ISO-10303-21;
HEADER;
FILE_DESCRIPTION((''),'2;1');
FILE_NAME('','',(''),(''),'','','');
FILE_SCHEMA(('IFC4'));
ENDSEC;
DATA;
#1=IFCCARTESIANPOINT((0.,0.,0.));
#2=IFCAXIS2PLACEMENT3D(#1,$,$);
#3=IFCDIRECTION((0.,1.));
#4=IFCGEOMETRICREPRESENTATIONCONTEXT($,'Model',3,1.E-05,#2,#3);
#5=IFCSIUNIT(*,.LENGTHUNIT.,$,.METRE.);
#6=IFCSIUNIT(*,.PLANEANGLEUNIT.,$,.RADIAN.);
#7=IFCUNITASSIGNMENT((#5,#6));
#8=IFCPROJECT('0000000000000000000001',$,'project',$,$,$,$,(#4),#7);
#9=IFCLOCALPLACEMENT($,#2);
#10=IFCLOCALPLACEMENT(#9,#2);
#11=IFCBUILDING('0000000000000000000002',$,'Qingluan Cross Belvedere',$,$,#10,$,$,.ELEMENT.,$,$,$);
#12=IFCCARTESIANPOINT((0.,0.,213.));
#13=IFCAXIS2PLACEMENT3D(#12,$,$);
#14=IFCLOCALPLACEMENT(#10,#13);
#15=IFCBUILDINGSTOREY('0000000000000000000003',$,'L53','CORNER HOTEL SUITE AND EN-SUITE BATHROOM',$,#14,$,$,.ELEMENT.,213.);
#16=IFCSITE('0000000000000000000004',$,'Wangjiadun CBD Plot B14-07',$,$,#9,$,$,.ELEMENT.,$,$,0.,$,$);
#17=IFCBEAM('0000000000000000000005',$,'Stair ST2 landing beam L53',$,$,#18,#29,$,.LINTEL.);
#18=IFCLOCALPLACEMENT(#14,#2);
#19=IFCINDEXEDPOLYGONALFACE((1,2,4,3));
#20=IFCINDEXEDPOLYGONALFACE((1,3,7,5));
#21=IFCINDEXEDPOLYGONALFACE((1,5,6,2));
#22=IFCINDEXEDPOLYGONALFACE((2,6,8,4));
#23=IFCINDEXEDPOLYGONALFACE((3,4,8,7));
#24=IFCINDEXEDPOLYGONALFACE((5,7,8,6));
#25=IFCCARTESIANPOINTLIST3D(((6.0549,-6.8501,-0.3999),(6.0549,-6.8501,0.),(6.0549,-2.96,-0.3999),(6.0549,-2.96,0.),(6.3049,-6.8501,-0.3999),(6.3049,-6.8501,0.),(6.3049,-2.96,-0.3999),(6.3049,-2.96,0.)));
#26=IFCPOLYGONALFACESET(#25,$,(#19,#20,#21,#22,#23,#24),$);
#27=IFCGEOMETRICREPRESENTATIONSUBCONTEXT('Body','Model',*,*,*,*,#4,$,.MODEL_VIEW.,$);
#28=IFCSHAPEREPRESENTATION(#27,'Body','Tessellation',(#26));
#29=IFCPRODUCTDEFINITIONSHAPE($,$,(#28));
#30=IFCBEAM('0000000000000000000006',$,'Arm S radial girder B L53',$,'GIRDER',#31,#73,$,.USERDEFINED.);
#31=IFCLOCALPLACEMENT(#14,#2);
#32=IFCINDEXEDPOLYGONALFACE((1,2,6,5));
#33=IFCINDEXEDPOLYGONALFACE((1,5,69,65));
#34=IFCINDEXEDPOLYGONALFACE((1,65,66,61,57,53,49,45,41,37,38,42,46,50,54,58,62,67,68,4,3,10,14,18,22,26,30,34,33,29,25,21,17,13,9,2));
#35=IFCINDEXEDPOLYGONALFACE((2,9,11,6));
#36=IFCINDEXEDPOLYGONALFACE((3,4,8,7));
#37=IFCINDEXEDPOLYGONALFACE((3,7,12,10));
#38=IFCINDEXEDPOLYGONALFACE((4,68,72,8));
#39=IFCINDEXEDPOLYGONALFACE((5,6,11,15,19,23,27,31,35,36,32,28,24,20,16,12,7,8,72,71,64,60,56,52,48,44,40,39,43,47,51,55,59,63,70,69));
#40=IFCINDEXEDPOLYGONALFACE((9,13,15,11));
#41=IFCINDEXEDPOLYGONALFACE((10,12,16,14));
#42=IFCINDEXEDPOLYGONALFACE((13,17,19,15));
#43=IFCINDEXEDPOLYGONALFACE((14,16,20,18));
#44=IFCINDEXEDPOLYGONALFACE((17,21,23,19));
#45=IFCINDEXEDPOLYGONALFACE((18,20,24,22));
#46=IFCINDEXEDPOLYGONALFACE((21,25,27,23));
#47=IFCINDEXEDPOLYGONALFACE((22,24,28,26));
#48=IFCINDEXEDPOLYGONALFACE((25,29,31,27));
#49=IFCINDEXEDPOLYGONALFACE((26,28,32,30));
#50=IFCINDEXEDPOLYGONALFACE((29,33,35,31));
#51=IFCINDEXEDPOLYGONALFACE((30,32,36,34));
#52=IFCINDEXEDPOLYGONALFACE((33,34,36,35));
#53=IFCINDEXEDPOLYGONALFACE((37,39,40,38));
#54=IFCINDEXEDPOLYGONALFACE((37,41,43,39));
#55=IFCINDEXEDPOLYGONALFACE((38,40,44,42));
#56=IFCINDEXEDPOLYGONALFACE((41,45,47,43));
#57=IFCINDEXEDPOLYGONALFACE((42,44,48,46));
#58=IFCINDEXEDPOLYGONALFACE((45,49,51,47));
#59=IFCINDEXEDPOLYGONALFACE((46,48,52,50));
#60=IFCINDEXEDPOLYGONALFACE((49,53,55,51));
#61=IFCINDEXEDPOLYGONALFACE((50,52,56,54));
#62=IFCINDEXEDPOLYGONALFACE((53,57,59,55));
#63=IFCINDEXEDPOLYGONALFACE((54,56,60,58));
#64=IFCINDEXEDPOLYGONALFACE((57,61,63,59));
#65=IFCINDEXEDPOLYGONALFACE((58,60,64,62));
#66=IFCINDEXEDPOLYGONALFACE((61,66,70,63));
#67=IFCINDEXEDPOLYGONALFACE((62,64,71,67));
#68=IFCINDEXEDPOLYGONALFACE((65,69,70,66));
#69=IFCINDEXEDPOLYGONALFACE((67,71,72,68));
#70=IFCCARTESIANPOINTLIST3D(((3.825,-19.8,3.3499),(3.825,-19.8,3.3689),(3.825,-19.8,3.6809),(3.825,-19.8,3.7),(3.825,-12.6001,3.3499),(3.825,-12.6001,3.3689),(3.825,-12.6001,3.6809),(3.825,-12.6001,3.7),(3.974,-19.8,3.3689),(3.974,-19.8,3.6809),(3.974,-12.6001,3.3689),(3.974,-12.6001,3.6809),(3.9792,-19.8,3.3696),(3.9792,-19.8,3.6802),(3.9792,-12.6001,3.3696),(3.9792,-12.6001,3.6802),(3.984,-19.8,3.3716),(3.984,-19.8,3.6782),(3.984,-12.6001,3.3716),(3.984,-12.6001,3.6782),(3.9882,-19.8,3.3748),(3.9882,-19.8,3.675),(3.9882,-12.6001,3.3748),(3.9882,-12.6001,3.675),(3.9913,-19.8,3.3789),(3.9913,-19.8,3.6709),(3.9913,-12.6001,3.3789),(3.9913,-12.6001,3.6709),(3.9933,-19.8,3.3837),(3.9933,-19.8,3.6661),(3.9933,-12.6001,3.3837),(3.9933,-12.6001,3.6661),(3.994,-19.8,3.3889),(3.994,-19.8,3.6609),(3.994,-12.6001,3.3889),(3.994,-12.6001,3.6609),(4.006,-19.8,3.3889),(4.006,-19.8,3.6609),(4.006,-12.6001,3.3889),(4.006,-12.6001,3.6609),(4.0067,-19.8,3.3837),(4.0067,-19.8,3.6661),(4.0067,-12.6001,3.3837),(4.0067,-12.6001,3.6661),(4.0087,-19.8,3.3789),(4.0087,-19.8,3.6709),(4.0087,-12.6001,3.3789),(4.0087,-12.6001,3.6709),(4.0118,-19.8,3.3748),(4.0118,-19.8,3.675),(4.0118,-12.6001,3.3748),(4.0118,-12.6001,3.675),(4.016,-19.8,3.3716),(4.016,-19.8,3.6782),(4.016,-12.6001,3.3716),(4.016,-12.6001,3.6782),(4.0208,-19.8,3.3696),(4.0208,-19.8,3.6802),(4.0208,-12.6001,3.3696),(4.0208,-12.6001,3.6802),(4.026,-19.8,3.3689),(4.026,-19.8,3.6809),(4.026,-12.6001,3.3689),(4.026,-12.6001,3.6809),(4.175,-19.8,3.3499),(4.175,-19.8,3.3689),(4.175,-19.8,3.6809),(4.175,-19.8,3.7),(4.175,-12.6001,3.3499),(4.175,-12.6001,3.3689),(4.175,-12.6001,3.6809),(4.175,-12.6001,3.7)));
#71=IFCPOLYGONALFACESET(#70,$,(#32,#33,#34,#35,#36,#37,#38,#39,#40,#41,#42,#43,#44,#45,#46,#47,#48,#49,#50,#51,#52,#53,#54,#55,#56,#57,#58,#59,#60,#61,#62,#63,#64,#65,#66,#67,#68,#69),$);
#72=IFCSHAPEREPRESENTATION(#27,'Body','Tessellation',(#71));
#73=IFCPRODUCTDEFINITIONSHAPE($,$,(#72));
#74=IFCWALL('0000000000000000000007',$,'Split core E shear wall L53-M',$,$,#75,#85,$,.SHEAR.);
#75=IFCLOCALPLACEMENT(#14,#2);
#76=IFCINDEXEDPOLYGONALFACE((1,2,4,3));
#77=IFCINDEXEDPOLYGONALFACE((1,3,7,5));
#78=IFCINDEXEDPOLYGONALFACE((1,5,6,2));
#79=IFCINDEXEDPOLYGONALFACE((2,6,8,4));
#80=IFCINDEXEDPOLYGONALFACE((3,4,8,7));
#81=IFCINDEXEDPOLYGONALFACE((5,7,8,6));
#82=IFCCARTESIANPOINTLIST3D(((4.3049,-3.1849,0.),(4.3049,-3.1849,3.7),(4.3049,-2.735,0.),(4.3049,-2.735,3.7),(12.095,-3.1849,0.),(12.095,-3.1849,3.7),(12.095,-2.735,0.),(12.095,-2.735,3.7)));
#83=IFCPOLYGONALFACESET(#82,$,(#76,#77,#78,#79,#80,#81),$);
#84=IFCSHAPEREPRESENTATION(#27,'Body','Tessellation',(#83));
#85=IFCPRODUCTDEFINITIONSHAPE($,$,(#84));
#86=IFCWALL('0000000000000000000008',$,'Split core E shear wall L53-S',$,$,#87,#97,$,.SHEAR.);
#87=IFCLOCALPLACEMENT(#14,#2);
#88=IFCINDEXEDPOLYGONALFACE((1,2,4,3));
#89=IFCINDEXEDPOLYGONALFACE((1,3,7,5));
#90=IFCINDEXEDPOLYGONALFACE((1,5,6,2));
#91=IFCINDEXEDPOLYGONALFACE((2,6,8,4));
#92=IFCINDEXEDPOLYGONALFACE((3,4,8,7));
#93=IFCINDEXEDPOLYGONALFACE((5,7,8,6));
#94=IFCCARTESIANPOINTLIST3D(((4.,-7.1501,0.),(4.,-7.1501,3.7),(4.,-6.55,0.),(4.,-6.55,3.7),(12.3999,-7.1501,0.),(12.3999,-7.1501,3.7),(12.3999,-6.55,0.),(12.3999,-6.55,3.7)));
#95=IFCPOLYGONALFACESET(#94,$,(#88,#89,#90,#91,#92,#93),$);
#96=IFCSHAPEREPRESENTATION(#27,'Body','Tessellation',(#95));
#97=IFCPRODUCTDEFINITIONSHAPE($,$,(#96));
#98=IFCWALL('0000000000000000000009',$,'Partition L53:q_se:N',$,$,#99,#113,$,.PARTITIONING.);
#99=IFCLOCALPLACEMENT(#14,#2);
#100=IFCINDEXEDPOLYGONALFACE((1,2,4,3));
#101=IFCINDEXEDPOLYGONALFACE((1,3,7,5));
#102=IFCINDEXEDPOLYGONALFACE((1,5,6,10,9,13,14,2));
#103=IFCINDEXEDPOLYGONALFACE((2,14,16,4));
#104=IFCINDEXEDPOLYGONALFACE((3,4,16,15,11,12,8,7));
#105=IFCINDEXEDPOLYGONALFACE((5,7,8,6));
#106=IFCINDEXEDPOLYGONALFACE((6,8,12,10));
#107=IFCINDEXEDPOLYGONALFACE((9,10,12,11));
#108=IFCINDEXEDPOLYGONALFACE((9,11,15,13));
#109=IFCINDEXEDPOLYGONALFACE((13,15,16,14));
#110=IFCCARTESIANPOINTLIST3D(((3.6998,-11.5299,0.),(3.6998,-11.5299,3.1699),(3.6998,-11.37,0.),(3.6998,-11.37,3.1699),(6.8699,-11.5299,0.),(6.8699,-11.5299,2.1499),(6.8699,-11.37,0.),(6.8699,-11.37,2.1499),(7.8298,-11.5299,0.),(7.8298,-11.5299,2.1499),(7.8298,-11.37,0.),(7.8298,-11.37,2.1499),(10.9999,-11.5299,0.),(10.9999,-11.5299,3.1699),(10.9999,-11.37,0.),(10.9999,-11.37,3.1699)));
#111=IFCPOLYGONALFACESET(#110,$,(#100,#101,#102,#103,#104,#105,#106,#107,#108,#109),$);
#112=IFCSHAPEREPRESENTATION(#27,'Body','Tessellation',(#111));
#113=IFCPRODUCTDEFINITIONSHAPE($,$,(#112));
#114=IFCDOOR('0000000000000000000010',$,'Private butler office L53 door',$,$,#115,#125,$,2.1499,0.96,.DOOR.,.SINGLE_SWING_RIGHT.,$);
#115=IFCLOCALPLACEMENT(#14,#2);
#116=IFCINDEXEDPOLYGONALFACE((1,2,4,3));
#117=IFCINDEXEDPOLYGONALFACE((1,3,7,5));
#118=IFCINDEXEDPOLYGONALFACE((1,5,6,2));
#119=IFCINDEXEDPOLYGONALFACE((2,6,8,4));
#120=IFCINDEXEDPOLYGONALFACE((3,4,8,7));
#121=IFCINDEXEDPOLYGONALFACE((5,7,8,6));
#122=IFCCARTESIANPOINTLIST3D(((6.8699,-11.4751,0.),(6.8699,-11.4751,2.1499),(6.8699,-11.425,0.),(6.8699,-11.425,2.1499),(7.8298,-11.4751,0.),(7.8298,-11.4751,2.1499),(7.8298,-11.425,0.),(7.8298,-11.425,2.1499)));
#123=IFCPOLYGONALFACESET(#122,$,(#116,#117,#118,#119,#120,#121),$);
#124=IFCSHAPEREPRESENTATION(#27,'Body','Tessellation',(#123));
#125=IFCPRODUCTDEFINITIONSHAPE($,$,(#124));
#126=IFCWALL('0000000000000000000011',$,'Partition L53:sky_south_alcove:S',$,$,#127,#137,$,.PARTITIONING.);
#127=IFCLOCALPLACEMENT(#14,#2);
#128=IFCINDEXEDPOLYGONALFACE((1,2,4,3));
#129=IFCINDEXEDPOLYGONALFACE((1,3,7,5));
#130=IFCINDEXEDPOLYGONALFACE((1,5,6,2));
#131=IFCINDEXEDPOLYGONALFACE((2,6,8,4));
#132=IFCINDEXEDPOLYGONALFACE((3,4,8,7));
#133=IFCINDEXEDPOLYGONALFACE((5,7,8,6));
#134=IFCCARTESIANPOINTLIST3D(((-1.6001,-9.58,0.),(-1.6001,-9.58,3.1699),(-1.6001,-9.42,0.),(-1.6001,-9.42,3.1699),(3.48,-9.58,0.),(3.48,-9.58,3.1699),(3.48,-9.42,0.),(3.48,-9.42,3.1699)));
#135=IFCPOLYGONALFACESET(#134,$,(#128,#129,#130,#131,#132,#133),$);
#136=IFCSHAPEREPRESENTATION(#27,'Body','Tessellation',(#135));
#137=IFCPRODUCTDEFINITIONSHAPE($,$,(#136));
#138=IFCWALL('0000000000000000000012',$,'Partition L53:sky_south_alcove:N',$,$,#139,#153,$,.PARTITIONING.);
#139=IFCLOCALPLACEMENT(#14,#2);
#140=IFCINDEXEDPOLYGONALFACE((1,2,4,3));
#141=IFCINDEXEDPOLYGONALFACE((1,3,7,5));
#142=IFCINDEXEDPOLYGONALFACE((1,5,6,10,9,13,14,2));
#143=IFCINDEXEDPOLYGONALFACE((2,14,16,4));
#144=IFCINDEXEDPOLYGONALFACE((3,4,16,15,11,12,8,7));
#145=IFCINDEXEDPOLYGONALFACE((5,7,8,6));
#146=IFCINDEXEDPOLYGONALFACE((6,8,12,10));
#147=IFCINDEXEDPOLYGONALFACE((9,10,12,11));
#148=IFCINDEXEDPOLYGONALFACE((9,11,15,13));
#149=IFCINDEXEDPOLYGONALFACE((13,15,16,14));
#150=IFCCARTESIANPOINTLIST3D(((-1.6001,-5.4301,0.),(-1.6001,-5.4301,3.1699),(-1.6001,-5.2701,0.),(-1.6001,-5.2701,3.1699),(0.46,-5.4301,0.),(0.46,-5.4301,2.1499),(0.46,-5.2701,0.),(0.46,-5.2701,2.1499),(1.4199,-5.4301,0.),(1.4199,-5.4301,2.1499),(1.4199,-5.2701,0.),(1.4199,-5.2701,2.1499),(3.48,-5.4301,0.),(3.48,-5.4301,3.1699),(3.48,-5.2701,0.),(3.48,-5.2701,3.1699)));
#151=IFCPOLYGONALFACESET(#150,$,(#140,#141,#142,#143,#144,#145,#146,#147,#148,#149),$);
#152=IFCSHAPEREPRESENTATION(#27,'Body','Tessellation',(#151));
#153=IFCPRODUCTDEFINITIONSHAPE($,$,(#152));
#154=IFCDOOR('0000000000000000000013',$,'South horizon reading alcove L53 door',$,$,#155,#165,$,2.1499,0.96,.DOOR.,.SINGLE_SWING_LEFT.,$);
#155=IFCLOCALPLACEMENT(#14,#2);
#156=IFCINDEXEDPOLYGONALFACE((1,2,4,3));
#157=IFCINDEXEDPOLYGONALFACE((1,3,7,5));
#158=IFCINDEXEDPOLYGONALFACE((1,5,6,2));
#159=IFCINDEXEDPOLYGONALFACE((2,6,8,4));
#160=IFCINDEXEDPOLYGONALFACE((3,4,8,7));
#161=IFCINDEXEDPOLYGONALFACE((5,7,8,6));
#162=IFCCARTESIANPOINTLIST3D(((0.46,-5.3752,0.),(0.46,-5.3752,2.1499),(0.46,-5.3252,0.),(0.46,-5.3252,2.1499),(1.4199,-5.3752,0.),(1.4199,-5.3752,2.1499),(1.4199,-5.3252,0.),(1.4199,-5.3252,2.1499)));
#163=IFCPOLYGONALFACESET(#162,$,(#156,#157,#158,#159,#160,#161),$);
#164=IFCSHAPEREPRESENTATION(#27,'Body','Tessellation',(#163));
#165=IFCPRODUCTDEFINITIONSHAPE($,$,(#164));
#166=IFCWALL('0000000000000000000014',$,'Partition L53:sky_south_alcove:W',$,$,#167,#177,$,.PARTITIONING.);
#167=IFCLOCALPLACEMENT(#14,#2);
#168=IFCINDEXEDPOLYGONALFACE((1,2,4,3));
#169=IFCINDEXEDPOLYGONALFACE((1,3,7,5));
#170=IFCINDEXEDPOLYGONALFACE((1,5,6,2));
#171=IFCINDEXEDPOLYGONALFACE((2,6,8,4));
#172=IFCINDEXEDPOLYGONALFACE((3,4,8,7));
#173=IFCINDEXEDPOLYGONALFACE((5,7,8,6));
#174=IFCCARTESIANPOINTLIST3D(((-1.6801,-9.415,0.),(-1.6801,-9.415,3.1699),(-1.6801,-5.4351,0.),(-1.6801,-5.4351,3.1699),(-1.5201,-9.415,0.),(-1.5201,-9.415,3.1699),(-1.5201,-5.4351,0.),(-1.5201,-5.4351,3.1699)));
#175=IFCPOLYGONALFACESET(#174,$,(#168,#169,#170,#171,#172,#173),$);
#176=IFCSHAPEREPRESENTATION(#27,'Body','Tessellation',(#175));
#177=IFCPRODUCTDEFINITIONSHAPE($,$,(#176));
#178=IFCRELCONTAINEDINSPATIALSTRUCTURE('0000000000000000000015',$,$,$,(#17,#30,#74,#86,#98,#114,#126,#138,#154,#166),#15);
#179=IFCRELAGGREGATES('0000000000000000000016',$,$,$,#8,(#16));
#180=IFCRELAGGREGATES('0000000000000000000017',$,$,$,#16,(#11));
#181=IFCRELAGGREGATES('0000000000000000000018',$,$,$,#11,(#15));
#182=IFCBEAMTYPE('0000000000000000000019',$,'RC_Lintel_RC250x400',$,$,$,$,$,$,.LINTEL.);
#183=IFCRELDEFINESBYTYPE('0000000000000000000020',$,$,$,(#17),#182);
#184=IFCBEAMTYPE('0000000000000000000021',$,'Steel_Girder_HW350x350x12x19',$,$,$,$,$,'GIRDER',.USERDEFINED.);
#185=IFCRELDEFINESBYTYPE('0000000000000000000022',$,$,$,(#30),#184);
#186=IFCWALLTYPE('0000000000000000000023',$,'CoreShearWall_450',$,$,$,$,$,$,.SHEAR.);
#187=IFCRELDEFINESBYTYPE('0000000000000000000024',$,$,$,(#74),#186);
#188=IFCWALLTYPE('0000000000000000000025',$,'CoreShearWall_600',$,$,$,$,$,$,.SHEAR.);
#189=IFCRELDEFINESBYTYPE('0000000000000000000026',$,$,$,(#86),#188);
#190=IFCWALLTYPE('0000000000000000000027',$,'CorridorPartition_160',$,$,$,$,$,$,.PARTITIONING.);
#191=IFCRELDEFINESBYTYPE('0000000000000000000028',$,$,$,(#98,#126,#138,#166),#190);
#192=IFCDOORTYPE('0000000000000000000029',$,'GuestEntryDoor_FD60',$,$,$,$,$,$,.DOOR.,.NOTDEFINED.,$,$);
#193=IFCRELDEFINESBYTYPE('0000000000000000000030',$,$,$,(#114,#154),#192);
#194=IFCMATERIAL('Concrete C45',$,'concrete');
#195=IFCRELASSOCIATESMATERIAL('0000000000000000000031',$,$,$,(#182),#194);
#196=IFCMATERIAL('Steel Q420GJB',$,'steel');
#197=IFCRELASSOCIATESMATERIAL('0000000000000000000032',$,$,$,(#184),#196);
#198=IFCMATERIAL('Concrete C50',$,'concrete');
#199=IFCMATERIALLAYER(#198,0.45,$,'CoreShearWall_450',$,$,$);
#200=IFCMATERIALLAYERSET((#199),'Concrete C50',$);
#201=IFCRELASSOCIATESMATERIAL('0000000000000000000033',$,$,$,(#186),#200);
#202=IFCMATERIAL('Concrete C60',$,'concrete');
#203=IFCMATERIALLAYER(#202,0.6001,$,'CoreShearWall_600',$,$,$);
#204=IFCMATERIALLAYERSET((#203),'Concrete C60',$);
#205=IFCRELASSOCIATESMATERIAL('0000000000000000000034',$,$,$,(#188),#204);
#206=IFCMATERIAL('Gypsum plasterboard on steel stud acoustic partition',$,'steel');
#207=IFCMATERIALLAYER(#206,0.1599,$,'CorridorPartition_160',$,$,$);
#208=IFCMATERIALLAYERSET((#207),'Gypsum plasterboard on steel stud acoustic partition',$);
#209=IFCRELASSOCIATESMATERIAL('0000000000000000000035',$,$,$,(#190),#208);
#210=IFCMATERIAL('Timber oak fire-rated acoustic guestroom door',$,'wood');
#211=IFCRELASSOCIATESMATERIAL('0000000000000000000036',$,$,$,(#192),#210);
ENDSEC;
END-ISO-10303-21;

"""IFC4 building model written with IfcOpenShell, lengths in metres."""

from ifc_helpers import new_model, si_unit, direction, frame, frame_2d, origin, origin_2d, place, context, subcontext, project, spatial, rectangle, i_section, extrude, material, layer, layer_set, material_profile, profile_set, type_object, element, fill, save


model = new_model("IFC4")

# Units and contexts
model_context = context("Model", 3, precision=1e-05, world=origin(), true_north=direction((0.0, 1.0)))
body_context = subcontext(model_context, "Body", "Model", "MODEL_VIEW")
ifc_project = project(units=[si_unit("LENGTHUNIT", "METRE"), si_unit("PLANEANGLEUNIT", "RADIAN")], contexts=[model_context])

# Site, building, storey
site_placement = place(None, origin())
site = spatial("IfcSite", under=ifc_project, at=site_placement, Name="Wangjiadun CBD Plot B14-07", CompositionType="ELEMENT", RefElevation=0.0)
building_placement = place(site_placement, origin())
building = spatial("IfcBuilding", under=site, at=building_placement, Name="Qingluan Cross Belvedere", CompositionType="ELEMENT")
storey_placement = place(building_placement, frame((0.0, 0.0, 213.0)))
storey = spatial("IfcBuildingStorey", under=building, at=storey_placement, Name="L53", Description="CORNER HOTEL SUITE AND EN-SUITE BATHROOM", CompositionType="ELEMENT", Elevation=213.0)

# Beams
ifc_material_1 = material(Name="Concrete C45", Category="concrete")
ifc_material_profile_1 = material_profile(ifc_material_1, rectangle(XDim=0.25, YDim=0.3999, at=origin_2d()), Name="RC250x400")
ifc_profile_set_1 = profile_set([ifc_material_profile_1], Name="Concrete C45")
beam_type_1 = type_object("IfcBeamType", Name="RC_Lintel_RC250x400", PredefinedType="LINTEL", material=ifc_profile_set_1)
beam_1_placement = place(storey_placement, frame((6.1799, -6.8501, -0.2), z_axis=(0.0, 1.0, 0.0), x_axis=(-1.0, 0.0, 0.0)))
element("IfcBeam", 1, at=beam_1_placement, inside=storey, type_object=beam_type_1, Name="Stair ST2 landing beam L53", PredefinedType="LINTEL", context=body_context, shape_type="SweptSolid", body=[
    extrude(rectangle(XDim=0.25, YDim=0.3999, at=origin_2d()), origin(), (0.0, 0.0, 1.0), 3.8901),
])
ifc_material_2 = material(Name="Steel Q420GJB", Category="steel")
ifc_material_profile_2 = material_profile(ifc_material_2, i_section(OverallWidth=0.3501, OverallDepth=0.3501, WebThickness=0.012, FlangeThickness=0.019, FilletRadius=0.02, at=origin_2d()), Name="HW350x350x12x19")
ifc_profile_set_2 = profile_set([ifc_material_profile_2], Name="Steel Q420GJB")
beam_type_2 = type_object("IfcBeamType", Name="Steel_Girder_HW350x350x12x19", ElementType="GIRDER", PredefinedType="USERDEFINED", material=ifc_profile_set_2)
beam_2_placement = place(storey_placement, frame((4.0, -12.6001, 3.5249), z_axis=(0.0, -1.0, 0.0), x_axis=(1.0, 0.0, 0.0)))
element("IfcBeam", 2, at=beam_2_placement, inside=storey, type_object=beam_type_2, Name="Arm S radial girder B L53", ObjectType="GIRDER", PredefinedType="USERDEFINED", context=body_context, shape_type="SweptSolid", body=[
    extrude(i_section(OverallWidth=0.3501, OverallDepth=0.3501, WebThickness=0.012, FlangeThickness=0.019, FilletRadius=0.02, at=origin_2d()), origin(), (0.0, 0.0, 1.0), 7.2),
])

# Walls
ifc_material_3 = material(Name="Concrete C50", Category="concrete")
ifc_layer_1 = layer(ifc_material_3, 0.45, Name="CoreShearWall_450")
ifc_layer_set_1 = layer_set([ifc_layer_1], Name="Concrete C50")
wall_type_1 = type_object("IfcWallType", Name="CoreShearWall_450", PredefinedType="SHEAR", material=ifc_layer_set_1)
wall_1_placement = place(storey_placement, frame((4.3049, -2.96, 0.0), z_axis=(0.0, 0.0, 1.0), x_axis=(1.0, 0.0, 0.0)))
element("IfcWall", 3, at=wall_1_placement, inside=storey, type_object=wall_type_1, Name="Split core E shear wall L53-M", PredefinedType="SHEAR", context=body_context, shape_type="SweptSolid", body=[
    extrude(rectangle(XDim=7.79, YDim=0.45, at=frame_2d((3.895, 0.0))), origin(), (0.0, 0.0, 1.0), 3.7),
])
ifc_material_4 = material(Name="Concrete C60", Category="concrete")
ifc_layer_2 = layer(ifc_material_4, 0.6001, Name="CoreShearWall_600")
ifc_layer_set_2 = layer_set([ifc_layer_2], Name="Concrete C60")
wall_type_2 = type_object("IfcWallType", Name="CoreShearWall_600", PredefinedType="SHEAR", material=ifc_layer_set_2)
wall_2_placement = place(storey_placement, frame((4.0, -6.8501, 0.0), z_axis=(0.0, 0.0, 1.0), x_axis=(1.0, 0.0, 0.0)))
element("IfcWall", 4, at=wall_2_placement, inside=storey, type_object=wall_type_2, Name="Split core E shear wall L53-S", PredefinedType="SHEAR", context=body_context, shape_type="SweptSolid", body=[
    extrude(rectangle(XDim=8.3999, YDim=0.6001, at=frame_2d((4.2, 0.0))), origin(), (0.0, 0.0, 1.0), 3.7),
])

# Wall, opening, door
ifc_material_5 = material(Name="Gypsum plasterboard on steel stud acoustic partition", Category="steel")
ifc_layer_3 = layer(ifc_material_5, 0.1599, Name="CorridorPartition_160")
ifc_layer_set_3 = layer_set([ifc_layer_3], Name="Gypsum plasterboard on steel stud acoustic partition")
wall_type_3 = type_object("IfcWallType", Name="CorridorPartition_160", PredefinedType="PARTITIONING", material=ifc_layer_set_3)
wall_3_placement = place(storey_placement, frame((3.7, -11.45, 0.0), z_axis=(0.0, 0.0, 1.0), x_axis=(1.0, 0.0, 0.0)))
wall_3 = element("IfcWall", 5, at=wall_3_placement, inside=storey, type_object=wall_type_3, Name="Partition L53:q_se:N", PredefinedType="PARTITIONING", context=body_context, shape_type="SweptSolid", body=[
    extrude(rectangle(XDim=7.3, YDim=0.1599, at=frame_2d((3.6499, 0.0))), origin(), (0.0, 0.0, 1.0), 3.1699),
])
opening_1_placement = place(wall_3_placement, frame((3.1699, 0.0, 0.0)))
opening_1 = element("IfcOpeningElement", 6, at=opening_1_placement, cuts=wall_3, PredefinedType="OPENING", context=body_context, shape_type="SweptSolid", body=[
    extrude(rectangle(XDim=0.96, YDim=2.1499, at=frame_2d((0.48, 1.075))), frame((0.0, 0.0898, 0.0), z_axis=(0.0, -1.0, 0.0), x_axis=(1.0, 0.0, 0.0)), (0.0, 0.0, 1.0), 0.1799),
])
ifc_material_6 = material(Name="Timber oak fire-rated acoustic guestroom door", Category="wood")
door_type_1 = type_object("IfcDoorType", Name="GuestEntryDoor_FD60", OperationType="NOTDEFINED", PredefinedType="DOOR", material=ifc_material_6)
door_1_placement = place(opening_1_placement, origin())
door_1 = element("IfcDoor", 7, at=door_1_placement, inside=storey, type_object=door_type_1, Name="Private butler office L53 door", OperationType="SINGLE_SWING_RIGHT", OverallHeight=2.1499, OverallWidth=0.96, PredefinedType="DOOR", context=body_context, shape_type="SweptSolid", body=[
    extrude(rectangle(XDim=0.96, YDim=2.1499, at=frame_2d((0.48, 1.075))), frame((0.0, 0.0249, 0.0), z_axis=(0.0, -1.0, 0.0), x_axis=(1.0, 0.0, 0.0)), (0.0, 0.0, 1.0), 0.05),
])
fill(opening_1, door_1)

# Wall
wall_4_placement = place(storey_placement, frame((-1.6001, -9.5, 0.0), z_axis=(0.0, 0.0, 1.0), x_axis=(1.0, 0.0, 0.0)))
element("IfcWall", 8, at=wall_4_placement, inside=storey, type_object=wall_type_3, Name="Partition L53:sky_south_alcove:S", PredefinedType="PARTITIONING", context=body_context, shape_type="SweptSolid", body=[
    extrude(rectangle(XDim=5.0801, YDim=0.1599, at=frame_2d((2.54, 0.0))), origin(), (0.0, 0.0, 1.0), 3.1699),
])

# Wall, opening, door
wall_5_placement = place(storey_placement, frame((-1.6001, -5.3501, 0.0), z_axis=(0.0, 0.0, 1.0), x_axis=(1.0, 0.0, 0.0)))
wall_5 = element("IfcWall", 9, at=wall_5_placement, inside=storey, type_object=wall_type_3, Name="Partition L53:sky_south_alcove:N", PredefinedType="PARTITIONING", context=body_context, shape_type="SweptSolid", body=[
    extrude(rectangle(XDim=5.0801, YDim=0.1599, at=frame_2d((2.54, 0.0))), origin(), (0.0, 0.0, 1.0), 3.1699),
])
opening_2_placement = place(wall_5_placement, frame((2.0601, 0.0, 0.0)))
opening_2 = element("IfcOpeningElement", 10, at=opening_2_placement, cuts=wall_5, PredefinedType="OPENING", context=body_context, shape_type="SweptSolid", body=[
    extrude(rectangle(XDim=0.96, YDim=2.1499, at=frame_2d((0.48, 1.075))), frame((0.0, 0.0898, 0.0), z_axis=(0.0, -1.0, 0.0), x_axis=(1.0, 0.0, 0.0)), (0.0, 0.0, 1.0), 0.1799),
])
door_2_placement = place(opening_2_placement, origin())
door_2 = element("IfcDoor", 11, at=door_2_placement, inside=storey, type_object=door_type_1, Name="South horizon reading alcove L53 door", OperationType="SINGLE_SWING_LEFT", OverallHeight=2.1499, OverallWidth=0.96, PredefinedType="DOOR", context=body_context, shape_type="SweptSolid", body=[
    extrude(rectangle(XDim=0.96, YDim=2.1499, at=frame_2d((0.48, 1.075))), frame((0.0, 0.0249, 0.0), z_axis=(0.0, -1.0, 0.0), x_axis=(1.0, 0.0, 0.0)), (0.0, 0.0, 1.0), 0.05),
])
fill(opening_2, door_2)

# Wall
for number, where, z_axis, x_axis, name in (
    (12, (-1.6001, -9.415, 0.0), (0.0, 0.0, 1.0), (0.0, 1.0, 0.0), "Partition L53:sky_south_alcove:W"),
):
    element("IfcWall", number, at=place(storey_placement, frame(where, z_axis=z_axis, x_axis=x_axis)), inside=storey, type_object=wall_type_3, Name=name, PredefinedType="PARTITIONING", context=body_context, shape_type="SweptSolid", body=[
        extrude(rectangle(XDim=3.98, YDim=0.1599, at=frame_2d((1.99, 0.0))), origin(), (0.0, 0.0, 1.0), 3.1699),
    ])

save(model, "model.ifc")
